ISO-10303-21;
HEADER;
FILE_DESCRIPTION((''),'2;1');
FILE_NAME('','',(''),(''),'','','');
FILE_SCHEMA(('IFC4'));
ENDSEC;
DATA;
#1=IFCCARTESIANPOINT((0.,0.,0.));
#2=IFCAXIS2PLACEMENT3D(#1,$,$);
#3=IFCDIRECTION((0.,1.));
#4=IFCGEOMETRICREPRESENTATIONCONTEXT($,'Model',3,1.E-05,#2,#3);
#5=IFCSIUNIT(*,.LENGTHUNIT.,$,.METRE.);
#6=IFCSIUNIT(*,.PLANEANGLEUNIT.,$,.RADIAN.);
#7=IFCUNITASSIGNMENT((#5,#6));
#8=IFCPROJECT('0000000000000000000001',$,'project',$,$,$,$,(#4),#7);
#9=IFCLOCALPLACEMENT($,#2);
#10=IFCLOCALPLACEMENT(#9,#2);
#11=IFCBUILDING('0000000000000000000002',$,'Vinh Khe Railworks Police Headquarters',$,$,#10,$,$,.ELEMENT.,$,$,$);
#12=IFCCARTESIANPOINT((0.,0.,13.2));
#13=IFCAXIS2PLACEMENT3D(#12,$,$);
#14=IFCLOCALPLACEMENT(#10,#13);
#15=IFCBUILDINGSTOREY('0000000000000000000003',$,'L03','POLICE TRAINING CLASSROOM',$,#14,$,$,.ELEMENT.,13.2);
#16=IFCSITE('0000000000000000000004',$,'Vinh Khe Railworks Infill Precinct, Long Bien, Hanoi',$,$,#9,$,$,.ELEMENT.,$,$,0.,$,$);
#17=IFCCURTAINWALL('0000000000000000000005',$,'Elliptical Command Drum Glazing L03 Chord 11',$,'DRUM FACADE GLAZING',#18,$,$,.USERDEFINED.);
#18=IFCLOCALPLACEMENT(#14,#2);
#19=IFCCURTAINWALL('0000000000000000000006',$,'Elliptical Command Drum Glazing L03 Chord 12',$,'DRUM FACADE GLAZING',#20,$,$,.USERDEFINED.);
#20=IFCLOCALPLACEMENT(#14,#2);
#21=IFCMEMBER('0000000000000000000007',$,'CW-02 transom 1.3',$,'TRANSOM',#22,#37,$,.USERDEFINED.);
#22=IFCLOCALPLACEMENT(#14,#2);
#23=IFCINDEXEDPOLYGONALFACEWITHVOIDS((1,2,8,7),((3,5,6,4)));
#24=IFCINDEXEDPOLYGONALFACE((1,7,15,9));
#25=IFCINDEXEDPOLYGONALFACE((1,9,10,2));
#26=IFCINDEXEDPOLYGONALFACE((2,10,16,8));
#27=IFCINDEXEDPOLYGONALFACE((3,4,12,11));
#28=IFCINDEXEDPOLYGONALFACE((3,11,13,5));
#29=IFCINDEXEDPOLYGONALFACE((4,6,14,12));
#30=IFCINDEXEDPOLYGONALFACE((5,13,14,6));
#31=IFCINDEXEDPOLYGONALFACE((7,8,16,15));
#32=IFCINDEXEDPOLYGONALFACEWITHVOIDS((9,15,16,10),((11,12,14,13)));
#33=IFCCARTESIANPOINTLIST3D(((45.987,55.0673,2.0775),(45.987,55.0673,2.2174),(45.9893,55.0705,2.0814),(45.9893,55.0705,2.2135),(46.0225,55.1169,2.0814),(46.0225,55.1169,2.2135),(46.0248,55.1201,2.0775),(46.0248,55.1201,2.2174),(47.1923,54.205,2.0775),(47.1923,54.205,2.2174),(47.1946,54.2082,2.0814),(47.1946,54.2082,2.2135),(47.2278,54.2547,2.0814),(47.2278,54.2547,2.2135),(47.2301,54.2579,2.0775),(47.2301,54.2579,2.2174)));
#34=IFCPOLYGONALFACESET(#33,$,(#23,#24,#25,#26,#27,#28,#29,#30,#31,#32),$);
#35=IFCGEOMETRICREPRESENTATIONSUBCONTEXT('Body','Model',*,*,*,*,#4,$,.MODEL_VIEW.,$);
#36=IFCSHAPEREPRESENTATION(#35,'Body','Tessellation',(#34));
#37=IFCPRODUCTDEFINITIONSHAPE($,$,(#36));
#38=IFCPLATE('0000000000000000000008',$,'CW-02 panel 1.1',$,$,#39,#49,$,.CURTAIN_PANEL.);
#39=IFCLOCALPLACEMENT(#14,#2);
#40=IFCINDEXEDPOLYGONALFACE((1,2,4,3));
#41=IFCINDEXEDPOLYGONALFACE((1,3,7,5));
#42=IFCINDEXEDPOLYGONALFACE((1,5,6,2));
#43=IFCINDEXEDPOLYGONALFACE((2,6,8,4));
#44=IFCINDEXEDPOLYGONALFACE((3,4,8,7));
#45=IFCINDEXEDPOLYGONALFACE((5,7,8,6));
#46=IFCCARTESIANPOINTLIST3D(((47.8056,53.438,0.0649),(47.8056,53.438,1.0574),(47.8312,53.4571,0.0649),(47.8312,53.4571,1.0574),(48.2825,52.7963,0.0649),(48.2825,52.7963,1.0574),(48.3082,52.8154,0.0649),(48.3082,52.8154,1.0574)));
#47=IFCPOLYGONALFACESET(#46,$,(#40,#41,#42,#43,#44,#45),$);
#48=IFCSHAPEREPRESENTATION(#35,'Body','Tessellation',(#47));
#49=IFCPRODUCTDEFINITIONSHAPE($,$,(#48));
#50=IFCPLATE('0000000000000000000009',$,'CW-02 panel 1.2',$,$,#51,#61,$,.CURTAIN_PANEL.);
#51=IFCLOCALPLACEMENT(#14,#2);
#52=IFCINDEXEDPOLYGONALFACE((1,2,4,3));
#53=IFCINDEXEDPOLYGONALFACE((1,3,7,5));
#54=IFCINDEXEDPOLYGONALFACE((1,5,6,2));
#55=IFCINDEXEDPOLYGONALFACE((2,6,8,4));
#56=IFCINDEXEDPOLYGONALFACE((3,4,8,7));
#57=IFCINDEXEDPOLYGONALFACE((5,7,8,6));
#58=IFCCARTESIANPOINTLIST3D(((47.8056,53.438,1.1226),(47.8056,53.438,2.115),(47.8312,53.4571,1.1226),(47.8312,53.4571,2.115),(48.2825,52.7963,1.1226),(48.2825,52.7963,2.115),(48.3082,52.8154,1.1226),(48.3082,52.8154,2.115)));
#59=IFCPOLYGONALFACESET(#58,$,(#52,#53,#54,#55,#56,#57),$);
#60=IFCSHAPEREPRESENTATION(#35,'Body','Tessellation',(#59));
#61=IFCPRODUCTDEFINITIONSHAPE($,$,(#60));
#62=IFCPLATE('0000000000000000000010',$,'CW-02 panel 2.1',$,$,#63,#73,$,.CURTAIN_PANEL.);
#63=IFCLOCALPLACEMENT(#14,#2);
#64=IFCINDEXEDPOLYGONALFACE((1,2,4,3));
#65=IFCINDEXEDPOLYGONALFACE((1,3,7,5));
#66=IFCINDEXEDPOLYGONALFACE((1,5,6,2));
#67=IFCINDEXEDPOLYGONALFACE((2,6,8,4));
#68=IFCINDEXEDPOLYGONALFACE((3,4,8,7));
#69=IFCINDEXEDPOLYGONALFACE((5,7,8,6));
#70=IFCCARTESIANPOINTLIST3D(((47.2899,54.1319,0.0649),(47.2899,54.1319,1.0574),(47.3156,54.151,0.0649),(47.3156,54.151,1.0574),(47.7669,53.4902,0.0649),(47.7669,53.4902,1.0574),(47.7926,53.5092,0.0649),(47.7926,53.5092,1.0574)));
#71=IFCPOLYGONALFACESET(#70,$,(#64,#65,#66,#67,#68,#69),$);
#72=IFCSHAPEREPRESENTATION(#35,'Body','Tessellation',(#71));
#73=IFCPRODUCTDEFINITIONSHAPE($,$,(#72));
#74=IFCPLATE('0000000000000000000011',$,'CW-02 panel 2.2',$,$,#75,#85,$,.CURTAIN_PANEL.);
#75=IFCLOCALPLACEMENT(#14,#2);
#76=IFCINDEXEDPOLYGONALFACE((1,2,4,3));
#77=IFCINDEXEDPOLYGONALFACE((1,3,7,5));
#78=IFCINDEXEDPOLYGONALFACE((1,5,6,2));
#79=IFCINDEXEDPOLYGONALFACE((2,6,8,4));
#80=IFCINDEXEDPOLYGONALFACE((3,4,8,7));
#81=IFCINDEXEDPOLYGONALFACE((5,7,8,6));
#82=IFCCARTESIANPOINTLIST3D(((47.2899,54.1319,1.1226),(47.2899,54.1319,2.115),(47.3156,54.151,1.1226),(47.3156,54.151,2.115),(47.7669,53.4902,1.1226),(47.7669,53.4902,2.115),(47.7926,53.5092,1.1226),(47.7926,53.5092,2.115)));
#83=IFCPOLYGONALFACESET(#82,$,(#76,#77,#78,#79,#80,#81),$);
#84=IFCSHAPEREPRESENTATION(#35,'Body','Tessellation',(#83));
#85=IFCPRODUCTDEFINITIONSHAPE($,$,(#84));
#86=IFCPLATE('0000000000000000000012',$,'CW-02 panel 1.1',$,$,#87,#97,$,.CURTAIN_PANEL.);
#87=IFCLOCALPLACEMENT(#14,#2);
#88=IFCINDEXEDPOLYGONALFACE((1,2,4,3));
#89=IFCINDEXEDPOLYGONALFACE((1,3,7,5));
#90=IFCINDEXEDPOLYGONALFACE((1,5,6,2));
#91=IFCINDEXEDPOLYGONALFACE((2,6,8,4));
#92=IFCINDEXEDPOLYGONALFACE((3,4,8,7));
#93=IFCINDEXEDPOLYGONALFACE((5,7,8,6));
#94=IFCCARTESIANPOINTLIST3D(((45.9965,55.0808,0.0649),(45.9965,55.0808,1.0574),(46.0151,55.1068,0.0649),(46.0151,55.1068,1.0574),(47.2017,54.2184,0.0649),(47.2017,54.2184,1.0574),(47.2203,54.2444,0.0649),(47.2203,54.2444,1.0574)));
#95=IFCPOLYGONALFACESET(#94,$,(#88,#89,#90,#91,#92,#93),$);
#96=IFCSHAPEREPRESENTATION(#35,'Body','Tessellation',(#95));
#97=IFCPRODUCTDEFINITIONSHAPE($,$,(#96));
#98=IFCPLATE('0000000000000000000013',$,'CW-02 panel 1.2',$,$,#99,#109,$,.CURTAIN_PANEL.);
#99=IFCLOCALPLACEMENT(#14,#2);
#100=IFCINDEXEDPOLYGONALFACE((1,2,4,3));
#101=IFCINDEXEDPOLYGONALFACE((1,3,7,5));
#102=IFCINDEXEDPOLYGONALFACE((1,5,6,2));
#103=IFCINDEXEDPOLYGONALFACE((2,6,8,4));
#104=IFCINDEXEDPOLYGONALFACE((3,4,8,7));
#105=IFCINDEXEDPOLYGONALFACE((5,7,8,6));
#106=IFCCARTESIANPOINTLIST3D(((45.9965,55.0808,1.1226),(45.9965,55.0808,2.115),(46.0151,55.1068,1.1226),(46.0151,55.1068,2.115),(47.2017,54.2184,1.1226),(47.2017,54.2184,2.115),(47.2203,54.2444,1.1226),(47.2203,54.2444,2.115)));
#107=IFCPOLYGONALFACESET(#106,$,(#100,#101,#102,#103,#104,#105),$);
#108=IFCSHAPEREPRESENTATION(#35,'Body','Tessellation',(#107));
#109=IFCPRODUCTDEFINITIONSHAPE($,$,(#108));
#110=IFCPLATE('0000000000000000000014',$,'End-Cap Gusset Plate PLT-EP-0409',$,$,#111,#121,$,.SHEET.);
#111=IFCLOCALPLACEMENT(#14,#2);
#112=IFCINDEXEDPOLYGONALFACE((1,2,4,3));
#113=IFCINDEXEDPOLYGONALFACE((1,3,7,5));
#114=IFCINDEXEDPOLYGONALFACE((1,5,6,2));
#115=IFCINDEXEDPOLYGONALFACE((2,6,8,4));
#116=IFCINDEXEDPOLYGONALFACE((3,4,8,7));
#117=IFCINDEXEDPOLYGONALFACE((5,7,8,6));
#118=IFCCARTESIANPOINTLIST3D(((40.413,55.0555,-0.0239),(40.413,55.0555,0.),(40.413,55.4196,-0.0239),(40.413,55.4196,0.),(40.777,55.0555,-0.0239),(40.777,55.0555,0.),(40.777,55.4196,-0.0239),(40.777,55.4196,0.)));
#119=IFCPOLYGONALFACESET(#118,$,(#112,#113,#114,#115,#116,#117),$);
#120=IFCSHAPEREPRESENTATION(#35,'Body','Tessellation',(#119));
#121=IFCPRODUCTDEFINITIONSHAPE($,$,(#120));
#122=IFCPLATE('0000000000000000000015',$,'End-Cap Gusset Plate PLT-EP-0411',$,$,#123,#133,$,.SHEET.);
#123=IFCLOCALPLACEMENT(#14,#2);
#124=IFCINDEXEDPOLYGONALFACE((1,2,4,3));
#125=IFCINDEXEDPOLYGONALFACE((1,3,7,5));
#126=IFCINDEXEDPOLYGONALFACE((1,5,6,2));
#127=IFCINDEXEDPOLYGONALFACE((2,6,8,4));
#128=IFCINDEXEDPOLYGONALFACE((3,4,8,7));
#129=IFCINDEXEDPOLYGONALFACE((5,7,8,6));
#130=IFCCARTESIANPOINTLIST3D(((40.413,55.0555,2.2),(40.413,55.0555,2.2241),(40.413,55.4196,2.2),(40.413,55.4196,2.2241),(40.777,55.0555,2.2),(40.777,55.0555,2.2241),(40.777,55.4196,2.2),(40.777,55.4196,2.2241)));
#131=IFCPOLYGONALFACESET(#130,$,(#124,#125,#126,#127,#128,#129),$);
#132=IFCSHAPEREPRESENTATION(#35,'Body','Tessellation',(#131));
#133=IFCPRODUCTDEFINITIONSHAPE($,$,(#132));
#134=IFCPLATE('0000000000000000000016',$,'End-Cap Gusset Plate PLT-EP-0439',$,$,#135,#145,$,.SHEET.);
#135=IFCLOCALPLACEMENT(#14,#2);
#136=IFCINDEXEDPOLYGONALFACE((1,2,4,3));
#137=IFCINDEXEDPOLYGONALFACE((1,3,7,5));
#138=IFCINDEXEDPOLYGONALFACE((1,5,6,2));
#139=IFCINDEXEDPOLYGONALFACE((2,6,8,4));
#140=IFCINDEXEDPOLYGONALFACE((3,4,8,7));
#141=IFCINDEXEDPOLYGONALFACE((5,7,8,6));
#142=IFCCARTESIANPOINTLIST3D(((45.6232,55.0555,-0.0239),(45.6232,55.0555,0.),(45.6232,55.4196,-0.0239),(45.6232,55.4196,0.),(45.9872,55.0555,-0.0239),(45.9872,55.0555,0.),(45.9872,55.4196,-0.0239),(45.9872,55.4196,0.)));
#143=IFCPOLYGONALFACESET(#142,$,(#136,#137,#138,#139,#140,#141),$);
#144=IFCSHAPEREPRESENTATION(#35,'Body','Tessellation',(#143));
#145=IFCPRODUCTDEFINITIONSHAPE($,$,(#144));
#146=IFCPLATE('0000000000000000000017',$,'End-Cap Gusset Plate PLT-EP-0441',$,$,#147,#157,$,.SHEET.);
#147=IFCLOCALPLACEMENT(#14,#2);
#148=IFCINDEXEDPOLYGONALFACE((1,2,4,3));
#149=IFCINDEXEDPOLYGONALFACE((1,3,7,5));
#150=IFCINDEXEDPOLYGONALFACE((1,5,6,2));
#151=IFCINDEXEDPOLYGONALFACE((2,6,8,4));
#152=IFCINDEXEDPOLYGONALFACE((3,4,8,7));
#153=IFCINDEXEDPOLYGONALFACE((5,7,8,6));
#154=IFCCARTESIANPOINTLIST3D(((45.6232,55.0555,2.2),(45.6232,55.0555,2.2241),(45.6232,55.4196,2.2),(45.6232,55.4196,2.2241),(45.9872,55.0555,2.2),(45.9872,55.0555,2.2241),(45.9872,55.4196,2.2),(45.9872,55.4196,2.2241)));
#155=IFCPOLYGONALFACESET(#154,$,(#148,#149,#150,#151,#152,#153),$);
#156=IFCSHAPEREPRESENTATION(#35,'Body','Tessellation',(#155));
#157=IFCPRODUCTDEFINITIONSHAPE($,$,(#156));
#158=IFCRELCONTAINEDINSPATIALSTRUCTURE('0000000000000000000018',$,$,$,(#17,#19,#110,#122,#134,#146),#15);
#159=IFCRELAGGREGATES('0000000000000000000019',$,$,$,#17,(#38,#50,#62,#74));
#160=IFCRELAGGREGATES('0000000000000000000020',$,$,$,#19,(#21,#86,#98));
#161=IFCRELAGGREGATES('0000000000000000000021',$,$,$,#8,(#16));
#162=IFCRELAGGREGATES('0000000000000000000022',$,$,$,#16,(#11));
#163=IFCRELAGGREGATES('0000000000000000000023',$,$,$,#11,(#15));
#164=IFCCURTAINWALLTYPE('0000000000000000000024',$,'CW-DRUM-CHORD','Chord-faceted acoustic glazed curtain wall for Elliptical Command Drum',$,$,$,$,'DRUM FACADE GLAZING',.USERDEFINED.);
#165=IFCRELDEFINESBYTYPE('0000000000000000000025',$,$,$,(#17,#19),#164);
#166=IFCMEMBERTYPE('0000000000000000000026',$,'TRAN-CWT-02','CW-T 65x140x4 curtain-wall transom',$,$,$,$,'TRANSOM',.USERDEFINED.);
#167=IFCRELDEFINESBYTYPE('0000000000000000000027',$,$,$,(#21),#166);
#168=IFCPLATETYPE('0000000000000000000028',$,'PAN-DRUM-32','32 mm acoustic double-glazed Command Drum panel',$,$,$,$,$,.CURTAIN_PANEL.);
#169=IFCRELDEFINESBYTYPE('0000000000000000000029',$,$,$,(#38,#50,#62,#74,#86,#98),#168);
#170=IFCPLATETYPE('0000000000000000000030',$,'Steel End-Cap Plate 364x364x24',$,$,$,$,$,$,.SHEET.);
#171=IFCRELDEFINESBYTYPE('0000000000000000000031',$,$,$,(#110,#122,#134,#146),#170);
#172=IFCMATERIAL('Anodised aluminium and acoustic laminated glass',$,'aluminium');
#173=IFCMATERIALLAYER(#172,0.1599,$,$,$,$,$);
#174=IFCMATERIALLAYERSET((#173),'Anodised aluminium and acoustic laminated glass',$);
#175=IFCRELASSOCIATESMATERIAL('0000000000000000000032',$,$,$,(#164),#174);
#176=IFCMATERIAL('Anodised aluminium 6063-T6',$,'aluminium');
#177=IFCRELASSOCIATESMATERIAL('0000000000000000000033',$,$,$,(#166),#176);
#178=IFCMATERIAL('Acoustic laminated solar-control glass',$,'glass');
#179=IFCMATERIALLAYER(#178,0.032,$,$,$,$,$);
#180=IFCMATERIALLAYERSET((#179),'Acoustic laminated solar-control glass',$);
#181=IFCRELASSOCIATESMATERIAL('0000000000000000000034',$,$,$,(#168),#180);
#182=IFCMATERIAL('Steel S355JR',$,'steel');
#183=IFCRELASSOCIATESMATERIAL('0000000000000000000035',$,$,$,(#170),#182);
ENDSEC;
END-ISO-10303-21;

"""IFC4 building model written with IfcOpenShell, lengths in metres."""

from ifc_helpers import new_model, si_unit, direction, frame, origin, origin_2d, place, context, subcontext, project, spatial, rectangle, hollow_rectangle, extrude, material, layer, layer_set, material_profile, profile_set, type_object, element, aggregate, save


model = new_model("IFC4")

# Units and contexts
model_context = context("Model", 3, precision=1e-05, world=origin(), true_north=direction((0.0, 1.0)))
body_context = subcontext(model_context, "Body", "Model", "MODEL_VIEW")
ifc_project = project(units=[si_unit("LENGTHUNIT", "METRE"), si_unit("PLANEANGLEUNIT", "RADIAN")], contexts=[model_context])

# Site, building, storey
site_placement = place(None, origin())
site = spatial("IfcSite", under=ifc_project, at=site_placement, Name="Vinh Khe Railworks Infill Precinct, Long Bien, Hanoi", CompositionType="ELEMENT", RefElevation=0.0)
building_placement = place(site_placement, origin())
building = spatial("IfcBuilding", under=site, at=building_placement, Name="Vinh Khe Railworks Police Headquarters", CompositionType="ELEMENT")
storey_placement = place(building_placement, frame((0.0, 0.0, 13.2)))
storey = spatial("IfcBuildingStorey", under=building, at=storey_placement, Name="L03", Description="POLICE TRAINING CLASSROOM", CompositionType="ELEMENT", Elevation=13.2)

# Shared definitions
ifc_material_1 = material(Name="Steel S355JR", Category="steel")

# Shared definitions
ifc_material_2 = material(Name="Anodised aluminium and acoustic laminated glass", Category="aluminium")
ifc_layer_1 = layer(ifc_material_2, 0.1599)
ifc_layer_set_1 = layer_set([ifc_layer_1], Name="Anodised aluminium and acoustic laminated glass")
curtain_wall_type = type_object("IfcCurtainWallType", Name="CW-DRUM-CHORD", Description="Chord-faceted acoustic glazed curtain wall for Elliptical Command Drum", ElementType="DRUM FACADE GLAZING", PredefinedType="USERDEFINED", material=ifc_layer_set_1)
ifc_material_3 = material(Name="Anodised aluminium 6063-T6", Category="aluminium")

# Curtain walls
curtain_wall_1_placement = place(storey_placement, origin())
curtain_wall_1 = element("IfcCurtainWall", 1, at=curtain_wall_1_placement, inside=storey, type_object=curtain_wall_type, Name="Elliptical Command Drum Glazing L03 Chord 11", ObjectType="DRUM FACADE GLAZING", PredefinedType="USERDEFINED")
curtain_wall_2_placement = place(storey_placement, origin())
curtain_wall_2 = element("IfcCurtainWall", 2, at=curtain_wall_2_placement, inside=storey, type_object=curtain_wall_type, Name="Elliptical Command Drum Glazing L03 Chord 12", ObjectType="DRUM FACADE GLAZING", PredefinedType="USERDEFINED")

# Member
ifc_material_profile_1 = material_profile(ifc_material_3, hollow_rectangle(XDim=0.0649, YDim=0.1399, WallThickness=0.0039, at=origin_2d()), Name="CW-T 65x140x4")
ifc_profile_set_1 = profile_set([ifc_material_profile_1], Name="Anodised aluminium 6063-T6")
member_type_1 = type_object("IfcMemberType", Name="TRAN-CWT-02", Description="CW-T 65x140x4 curtain-wall transom", ElementType="TRANSOM", PredefinedType="USERDEFINED", material=ifc_profile_set_1)
member_1_placement = place(storey_placement, frame((47.2112, 54.2314, 2.1475), z_axis=(-0.813299, 0.581846, 0.0), x_axis=(-0.581846, -0.813299, 0.0)))
member_1 = element("IfcMember", 3, at=member_1_placement, type_object=member_type_1, Name="CW-02 transom 1.3", ObjectType="TRANSOM", PredefinedType="USERDEFINED", context=body_context, shape_type="SweptSolid", body=[
    extrude(hollow_rectangle(XDim=0.0649, YDim=0.1399, WallThickness=0.0039, at=origin_2d()), origin(), (0.0, 0.0, 1.0), 1.4819),
])

# Plates
ifc_material_4 = material(Name="Acoustic laminated solar-control glass", Category="glass")
ifc_layer_2 = layer(ifc_material_4, 0.032)
ifc_layer_set_2 = layer_set([ifc_layer_2], Name="Acoustic laminated solar-control glass")
plate_type_1 = type_object("IfcPlateType", Name="PAN-DRUM-32", Description="32 mm acoustic double-glazed Command Drum panel", PredefinedType="CURTAIN_PANEL", material=ifc_layer_set_2)
plate_1_placement = place(storey_placement, frame((48.0569, 53.1267, 0.0649), z_axis=(0.0, 0.0, 1.0), x_axis=(-0.596528, 0.802592, 0.0)))
plate_1 = element("IfcPlate", 4, at=plate_1_placement, type_object=plate_type_1, Name="CW-02 panel 1.1", PredefinedType="CURTAIN_PANEL", context=body_context, shape_type="SweptSolid", body=[
    extrude(rectangle(XDim=0.7996, YDim=0.032, at=origin_2d()), origin(), (0.0, 0.0, 1.0), 0.9924),
])
plate_2_placement = place(storey_placement, frame((48.0569, 53.1267, 1.1226), z_axis=(0.0, 0.0, 1.0), x_axis=(-0.596528, 0.802592, 0.0)))
plate_2 = element("IfcPlate", 5, at=plate_2_placement, type_object=plate_type_1, Name="CW-02 panel 1.2", PredefinedType="CURTAIN_PANEL", context=body_context, shape_type="SweptSolid", body=[
    extrude(rectangle(XDim=0.7996, YDim=0.032, at=origin_2d()), origin(), (0.0, 0.0, 1.0), 0.9924),
])
plate_3_placement = place(storey_placement, frame((47.5413, 53.8206, 0.0649), z_axis=(0.0, 0.0, 1.0), x_axis=(-0.596528, 0.802592, 0.0)))
plate_3 = element("IfcPlate", 6, at=plate_3_placement, type_object=plate_type_1, Name="CW-02 panel 2.1", PredefinedType="CURTAIN_PANEL", context=body_context, shape_type="SweptSolid", body=[
    extrude(rectangle(XDim=0.7996, YDim=0.032, at=origin_2d()), origin(), (0.0, 0.0, 1.0), 0.9924),
])
plate_4_placement = place(storey_placement, frame((47.5413, 53.8206, 1.1226), z_axis=(0.0, 0.0, 1.0), x_axis=(-0.596528, 0.802592, 0.0)))
plate_4 = element("IfcPlate", 7, at=plate_4_placement, type_object=plate_type_1, Name="CW-02 panel 2.2", PredefinedType="CURTAIN_PANEL", context=body_context, shape_type="SweptSolid", body=[
    extrude(rectangle(XDim=0.7996, YDim=0.032, at=origin_2d()), origin(), (0.0, 0.0, 1.0), 0.9924),
])
aggregate(curtain_wall_1, [plate_1, plate_2, plate_3, plate_4])
plate_5_placement = place(storey_placement, frame((46.6084, 54.6626, 0.0649), z_axis=(0.0, 0.0, 1.0), x_axis=(-0.81325, 0.581914, 0.0)))
plate_5 = element("IfcPlate", 8, at=plate_5_placement, type_object=plate_type_1, Name="CW-02 panel 1.1", PredefinedType="CURTAIN_PANEL", context=body_context, shape_type="SweptSolid", body=[
    extrude(rectangle(XDim=1.4819, YDim=0.032, at=origin_2d()), origin(), (0.0, 0.0, 1.0), 0.9924),
])
plate_6_placement = place(storey_placement, frame((46.6084, 54.6626, 1.1226), z_axis=(0.0, 0.0, 1.0), x_axis=(-0.81325, 0.581914, 0.0)))
plate_6 = element("IfcPlate", 9, at=plate_6_placement, type_object=plate_type_1, Name="CW-02 panel 1.2", PredefinedType="CURTAIN_PANEL", context=body_context, shape_type="SweptSolid", body=[
    extrude(rectangle(XDim=1.4819, YDim=0.032, at=origin_2d()), origin(), (0.0, 0.0, 1.0), 0.9924),
])
aggregate(curtain_wall_2, [member_1, plate_5, plate_6])

# Plates
ifc_material_profile_2 = material_profile(ifc_material_1, rectangle(XDim=0.364, YDim=0.364, at=origin_2d()), Name="PL 364x364")
ifc_profile_set_2 = profile_set([ifc_material_profile_2], Name="Steel S355JR")
plate_type_2 = type_object("IfcPlateType", Name="Steel End-Cap Plate 364x364x24", PredefinedType="SHEET", material=ifc_profile_set_2)
plate_7_placement = place(storey_placement, frame((40.595, 55.2375, 0.0), z_axis=(0.0, 0.0, -1.0), x_axis=(1.0, 0.0, 0.0)))
element("IfcPlate", 10, at=plate_7_placement, inside=storey, type_object=plate_type_2, Name="End-Cap Gusset Plate PLT-EP-0409", PredefinedType="SHEET", context=body_context, shape_type="SweptSolid", body=[
    extrude(rectangle(XDim=0.364, YDim=0.364, at=origin_2d()), origin(), (0.0, 0.0, 1.0), 0.0239),
])
plate_8_placement = place(storey_placement, frame((40.595, 55.2375, 2.2), z_axis=(0.0, 0.0, 1.0), x_axis=(1.0, 0.0, 0.0)))
element("IfcPlate", 11, at=plate_8_placement, inside=storey, type_object=plate_type_2, Name="End-Cap Gusset Plate PLT-EP-0411", PredefinedType="SHEET", context=body_context, shape_type="SweptSolid", body=[
    extrude(rectangle(XDim=0.364, YDim=0.364, at=origin_2d()), origin(), (0.0, 0.0, 1.0), 0.0242),
])
plate_9_placement = place(storey_placement, frame((45.8052, 55.2375, 0.0), z_axis=(0.0, 0.0, -1.0), x_axis=(1.0, 0.0, 0.0)))
element("IfcPlate", 12, at=plate_9_placement, inside=storey, type_object=plate_type_2, Name="End-Cap Gusset Plate PLT-EP-0439", PredefinedType="SHEET", context=body_context, shape_type="SweptSolid", body=[
    extrude(rectangle(XDim=0.364, YDim=0.364, at=origin_2d()), origin(), (0.0, 0.0, 1.0), 0.0239),
])
plate_10_placement = place(storey_placement, frame((45.8052, 55.2375, 2.2), z_axis=(0.0, 0.0, 1.0), x_axis=(1.0, 0.0, 0.0)))
element("IfcPlate", 13, at=plate_10_placement, inside=storey, type_object=plate_type_2, Name="End-Cap Gusset Plate PLT-EP-0441", PredefinedType="SHEET", context=body_context, shape_type="SweptSolid", body=[
    extrude(rectangle(XDim=0.364, YDim=0.364, at=origin_2d()), origin(), (0.0, 0.0, 1.0), 0.0242),
])

save(model, "model.ifc")
